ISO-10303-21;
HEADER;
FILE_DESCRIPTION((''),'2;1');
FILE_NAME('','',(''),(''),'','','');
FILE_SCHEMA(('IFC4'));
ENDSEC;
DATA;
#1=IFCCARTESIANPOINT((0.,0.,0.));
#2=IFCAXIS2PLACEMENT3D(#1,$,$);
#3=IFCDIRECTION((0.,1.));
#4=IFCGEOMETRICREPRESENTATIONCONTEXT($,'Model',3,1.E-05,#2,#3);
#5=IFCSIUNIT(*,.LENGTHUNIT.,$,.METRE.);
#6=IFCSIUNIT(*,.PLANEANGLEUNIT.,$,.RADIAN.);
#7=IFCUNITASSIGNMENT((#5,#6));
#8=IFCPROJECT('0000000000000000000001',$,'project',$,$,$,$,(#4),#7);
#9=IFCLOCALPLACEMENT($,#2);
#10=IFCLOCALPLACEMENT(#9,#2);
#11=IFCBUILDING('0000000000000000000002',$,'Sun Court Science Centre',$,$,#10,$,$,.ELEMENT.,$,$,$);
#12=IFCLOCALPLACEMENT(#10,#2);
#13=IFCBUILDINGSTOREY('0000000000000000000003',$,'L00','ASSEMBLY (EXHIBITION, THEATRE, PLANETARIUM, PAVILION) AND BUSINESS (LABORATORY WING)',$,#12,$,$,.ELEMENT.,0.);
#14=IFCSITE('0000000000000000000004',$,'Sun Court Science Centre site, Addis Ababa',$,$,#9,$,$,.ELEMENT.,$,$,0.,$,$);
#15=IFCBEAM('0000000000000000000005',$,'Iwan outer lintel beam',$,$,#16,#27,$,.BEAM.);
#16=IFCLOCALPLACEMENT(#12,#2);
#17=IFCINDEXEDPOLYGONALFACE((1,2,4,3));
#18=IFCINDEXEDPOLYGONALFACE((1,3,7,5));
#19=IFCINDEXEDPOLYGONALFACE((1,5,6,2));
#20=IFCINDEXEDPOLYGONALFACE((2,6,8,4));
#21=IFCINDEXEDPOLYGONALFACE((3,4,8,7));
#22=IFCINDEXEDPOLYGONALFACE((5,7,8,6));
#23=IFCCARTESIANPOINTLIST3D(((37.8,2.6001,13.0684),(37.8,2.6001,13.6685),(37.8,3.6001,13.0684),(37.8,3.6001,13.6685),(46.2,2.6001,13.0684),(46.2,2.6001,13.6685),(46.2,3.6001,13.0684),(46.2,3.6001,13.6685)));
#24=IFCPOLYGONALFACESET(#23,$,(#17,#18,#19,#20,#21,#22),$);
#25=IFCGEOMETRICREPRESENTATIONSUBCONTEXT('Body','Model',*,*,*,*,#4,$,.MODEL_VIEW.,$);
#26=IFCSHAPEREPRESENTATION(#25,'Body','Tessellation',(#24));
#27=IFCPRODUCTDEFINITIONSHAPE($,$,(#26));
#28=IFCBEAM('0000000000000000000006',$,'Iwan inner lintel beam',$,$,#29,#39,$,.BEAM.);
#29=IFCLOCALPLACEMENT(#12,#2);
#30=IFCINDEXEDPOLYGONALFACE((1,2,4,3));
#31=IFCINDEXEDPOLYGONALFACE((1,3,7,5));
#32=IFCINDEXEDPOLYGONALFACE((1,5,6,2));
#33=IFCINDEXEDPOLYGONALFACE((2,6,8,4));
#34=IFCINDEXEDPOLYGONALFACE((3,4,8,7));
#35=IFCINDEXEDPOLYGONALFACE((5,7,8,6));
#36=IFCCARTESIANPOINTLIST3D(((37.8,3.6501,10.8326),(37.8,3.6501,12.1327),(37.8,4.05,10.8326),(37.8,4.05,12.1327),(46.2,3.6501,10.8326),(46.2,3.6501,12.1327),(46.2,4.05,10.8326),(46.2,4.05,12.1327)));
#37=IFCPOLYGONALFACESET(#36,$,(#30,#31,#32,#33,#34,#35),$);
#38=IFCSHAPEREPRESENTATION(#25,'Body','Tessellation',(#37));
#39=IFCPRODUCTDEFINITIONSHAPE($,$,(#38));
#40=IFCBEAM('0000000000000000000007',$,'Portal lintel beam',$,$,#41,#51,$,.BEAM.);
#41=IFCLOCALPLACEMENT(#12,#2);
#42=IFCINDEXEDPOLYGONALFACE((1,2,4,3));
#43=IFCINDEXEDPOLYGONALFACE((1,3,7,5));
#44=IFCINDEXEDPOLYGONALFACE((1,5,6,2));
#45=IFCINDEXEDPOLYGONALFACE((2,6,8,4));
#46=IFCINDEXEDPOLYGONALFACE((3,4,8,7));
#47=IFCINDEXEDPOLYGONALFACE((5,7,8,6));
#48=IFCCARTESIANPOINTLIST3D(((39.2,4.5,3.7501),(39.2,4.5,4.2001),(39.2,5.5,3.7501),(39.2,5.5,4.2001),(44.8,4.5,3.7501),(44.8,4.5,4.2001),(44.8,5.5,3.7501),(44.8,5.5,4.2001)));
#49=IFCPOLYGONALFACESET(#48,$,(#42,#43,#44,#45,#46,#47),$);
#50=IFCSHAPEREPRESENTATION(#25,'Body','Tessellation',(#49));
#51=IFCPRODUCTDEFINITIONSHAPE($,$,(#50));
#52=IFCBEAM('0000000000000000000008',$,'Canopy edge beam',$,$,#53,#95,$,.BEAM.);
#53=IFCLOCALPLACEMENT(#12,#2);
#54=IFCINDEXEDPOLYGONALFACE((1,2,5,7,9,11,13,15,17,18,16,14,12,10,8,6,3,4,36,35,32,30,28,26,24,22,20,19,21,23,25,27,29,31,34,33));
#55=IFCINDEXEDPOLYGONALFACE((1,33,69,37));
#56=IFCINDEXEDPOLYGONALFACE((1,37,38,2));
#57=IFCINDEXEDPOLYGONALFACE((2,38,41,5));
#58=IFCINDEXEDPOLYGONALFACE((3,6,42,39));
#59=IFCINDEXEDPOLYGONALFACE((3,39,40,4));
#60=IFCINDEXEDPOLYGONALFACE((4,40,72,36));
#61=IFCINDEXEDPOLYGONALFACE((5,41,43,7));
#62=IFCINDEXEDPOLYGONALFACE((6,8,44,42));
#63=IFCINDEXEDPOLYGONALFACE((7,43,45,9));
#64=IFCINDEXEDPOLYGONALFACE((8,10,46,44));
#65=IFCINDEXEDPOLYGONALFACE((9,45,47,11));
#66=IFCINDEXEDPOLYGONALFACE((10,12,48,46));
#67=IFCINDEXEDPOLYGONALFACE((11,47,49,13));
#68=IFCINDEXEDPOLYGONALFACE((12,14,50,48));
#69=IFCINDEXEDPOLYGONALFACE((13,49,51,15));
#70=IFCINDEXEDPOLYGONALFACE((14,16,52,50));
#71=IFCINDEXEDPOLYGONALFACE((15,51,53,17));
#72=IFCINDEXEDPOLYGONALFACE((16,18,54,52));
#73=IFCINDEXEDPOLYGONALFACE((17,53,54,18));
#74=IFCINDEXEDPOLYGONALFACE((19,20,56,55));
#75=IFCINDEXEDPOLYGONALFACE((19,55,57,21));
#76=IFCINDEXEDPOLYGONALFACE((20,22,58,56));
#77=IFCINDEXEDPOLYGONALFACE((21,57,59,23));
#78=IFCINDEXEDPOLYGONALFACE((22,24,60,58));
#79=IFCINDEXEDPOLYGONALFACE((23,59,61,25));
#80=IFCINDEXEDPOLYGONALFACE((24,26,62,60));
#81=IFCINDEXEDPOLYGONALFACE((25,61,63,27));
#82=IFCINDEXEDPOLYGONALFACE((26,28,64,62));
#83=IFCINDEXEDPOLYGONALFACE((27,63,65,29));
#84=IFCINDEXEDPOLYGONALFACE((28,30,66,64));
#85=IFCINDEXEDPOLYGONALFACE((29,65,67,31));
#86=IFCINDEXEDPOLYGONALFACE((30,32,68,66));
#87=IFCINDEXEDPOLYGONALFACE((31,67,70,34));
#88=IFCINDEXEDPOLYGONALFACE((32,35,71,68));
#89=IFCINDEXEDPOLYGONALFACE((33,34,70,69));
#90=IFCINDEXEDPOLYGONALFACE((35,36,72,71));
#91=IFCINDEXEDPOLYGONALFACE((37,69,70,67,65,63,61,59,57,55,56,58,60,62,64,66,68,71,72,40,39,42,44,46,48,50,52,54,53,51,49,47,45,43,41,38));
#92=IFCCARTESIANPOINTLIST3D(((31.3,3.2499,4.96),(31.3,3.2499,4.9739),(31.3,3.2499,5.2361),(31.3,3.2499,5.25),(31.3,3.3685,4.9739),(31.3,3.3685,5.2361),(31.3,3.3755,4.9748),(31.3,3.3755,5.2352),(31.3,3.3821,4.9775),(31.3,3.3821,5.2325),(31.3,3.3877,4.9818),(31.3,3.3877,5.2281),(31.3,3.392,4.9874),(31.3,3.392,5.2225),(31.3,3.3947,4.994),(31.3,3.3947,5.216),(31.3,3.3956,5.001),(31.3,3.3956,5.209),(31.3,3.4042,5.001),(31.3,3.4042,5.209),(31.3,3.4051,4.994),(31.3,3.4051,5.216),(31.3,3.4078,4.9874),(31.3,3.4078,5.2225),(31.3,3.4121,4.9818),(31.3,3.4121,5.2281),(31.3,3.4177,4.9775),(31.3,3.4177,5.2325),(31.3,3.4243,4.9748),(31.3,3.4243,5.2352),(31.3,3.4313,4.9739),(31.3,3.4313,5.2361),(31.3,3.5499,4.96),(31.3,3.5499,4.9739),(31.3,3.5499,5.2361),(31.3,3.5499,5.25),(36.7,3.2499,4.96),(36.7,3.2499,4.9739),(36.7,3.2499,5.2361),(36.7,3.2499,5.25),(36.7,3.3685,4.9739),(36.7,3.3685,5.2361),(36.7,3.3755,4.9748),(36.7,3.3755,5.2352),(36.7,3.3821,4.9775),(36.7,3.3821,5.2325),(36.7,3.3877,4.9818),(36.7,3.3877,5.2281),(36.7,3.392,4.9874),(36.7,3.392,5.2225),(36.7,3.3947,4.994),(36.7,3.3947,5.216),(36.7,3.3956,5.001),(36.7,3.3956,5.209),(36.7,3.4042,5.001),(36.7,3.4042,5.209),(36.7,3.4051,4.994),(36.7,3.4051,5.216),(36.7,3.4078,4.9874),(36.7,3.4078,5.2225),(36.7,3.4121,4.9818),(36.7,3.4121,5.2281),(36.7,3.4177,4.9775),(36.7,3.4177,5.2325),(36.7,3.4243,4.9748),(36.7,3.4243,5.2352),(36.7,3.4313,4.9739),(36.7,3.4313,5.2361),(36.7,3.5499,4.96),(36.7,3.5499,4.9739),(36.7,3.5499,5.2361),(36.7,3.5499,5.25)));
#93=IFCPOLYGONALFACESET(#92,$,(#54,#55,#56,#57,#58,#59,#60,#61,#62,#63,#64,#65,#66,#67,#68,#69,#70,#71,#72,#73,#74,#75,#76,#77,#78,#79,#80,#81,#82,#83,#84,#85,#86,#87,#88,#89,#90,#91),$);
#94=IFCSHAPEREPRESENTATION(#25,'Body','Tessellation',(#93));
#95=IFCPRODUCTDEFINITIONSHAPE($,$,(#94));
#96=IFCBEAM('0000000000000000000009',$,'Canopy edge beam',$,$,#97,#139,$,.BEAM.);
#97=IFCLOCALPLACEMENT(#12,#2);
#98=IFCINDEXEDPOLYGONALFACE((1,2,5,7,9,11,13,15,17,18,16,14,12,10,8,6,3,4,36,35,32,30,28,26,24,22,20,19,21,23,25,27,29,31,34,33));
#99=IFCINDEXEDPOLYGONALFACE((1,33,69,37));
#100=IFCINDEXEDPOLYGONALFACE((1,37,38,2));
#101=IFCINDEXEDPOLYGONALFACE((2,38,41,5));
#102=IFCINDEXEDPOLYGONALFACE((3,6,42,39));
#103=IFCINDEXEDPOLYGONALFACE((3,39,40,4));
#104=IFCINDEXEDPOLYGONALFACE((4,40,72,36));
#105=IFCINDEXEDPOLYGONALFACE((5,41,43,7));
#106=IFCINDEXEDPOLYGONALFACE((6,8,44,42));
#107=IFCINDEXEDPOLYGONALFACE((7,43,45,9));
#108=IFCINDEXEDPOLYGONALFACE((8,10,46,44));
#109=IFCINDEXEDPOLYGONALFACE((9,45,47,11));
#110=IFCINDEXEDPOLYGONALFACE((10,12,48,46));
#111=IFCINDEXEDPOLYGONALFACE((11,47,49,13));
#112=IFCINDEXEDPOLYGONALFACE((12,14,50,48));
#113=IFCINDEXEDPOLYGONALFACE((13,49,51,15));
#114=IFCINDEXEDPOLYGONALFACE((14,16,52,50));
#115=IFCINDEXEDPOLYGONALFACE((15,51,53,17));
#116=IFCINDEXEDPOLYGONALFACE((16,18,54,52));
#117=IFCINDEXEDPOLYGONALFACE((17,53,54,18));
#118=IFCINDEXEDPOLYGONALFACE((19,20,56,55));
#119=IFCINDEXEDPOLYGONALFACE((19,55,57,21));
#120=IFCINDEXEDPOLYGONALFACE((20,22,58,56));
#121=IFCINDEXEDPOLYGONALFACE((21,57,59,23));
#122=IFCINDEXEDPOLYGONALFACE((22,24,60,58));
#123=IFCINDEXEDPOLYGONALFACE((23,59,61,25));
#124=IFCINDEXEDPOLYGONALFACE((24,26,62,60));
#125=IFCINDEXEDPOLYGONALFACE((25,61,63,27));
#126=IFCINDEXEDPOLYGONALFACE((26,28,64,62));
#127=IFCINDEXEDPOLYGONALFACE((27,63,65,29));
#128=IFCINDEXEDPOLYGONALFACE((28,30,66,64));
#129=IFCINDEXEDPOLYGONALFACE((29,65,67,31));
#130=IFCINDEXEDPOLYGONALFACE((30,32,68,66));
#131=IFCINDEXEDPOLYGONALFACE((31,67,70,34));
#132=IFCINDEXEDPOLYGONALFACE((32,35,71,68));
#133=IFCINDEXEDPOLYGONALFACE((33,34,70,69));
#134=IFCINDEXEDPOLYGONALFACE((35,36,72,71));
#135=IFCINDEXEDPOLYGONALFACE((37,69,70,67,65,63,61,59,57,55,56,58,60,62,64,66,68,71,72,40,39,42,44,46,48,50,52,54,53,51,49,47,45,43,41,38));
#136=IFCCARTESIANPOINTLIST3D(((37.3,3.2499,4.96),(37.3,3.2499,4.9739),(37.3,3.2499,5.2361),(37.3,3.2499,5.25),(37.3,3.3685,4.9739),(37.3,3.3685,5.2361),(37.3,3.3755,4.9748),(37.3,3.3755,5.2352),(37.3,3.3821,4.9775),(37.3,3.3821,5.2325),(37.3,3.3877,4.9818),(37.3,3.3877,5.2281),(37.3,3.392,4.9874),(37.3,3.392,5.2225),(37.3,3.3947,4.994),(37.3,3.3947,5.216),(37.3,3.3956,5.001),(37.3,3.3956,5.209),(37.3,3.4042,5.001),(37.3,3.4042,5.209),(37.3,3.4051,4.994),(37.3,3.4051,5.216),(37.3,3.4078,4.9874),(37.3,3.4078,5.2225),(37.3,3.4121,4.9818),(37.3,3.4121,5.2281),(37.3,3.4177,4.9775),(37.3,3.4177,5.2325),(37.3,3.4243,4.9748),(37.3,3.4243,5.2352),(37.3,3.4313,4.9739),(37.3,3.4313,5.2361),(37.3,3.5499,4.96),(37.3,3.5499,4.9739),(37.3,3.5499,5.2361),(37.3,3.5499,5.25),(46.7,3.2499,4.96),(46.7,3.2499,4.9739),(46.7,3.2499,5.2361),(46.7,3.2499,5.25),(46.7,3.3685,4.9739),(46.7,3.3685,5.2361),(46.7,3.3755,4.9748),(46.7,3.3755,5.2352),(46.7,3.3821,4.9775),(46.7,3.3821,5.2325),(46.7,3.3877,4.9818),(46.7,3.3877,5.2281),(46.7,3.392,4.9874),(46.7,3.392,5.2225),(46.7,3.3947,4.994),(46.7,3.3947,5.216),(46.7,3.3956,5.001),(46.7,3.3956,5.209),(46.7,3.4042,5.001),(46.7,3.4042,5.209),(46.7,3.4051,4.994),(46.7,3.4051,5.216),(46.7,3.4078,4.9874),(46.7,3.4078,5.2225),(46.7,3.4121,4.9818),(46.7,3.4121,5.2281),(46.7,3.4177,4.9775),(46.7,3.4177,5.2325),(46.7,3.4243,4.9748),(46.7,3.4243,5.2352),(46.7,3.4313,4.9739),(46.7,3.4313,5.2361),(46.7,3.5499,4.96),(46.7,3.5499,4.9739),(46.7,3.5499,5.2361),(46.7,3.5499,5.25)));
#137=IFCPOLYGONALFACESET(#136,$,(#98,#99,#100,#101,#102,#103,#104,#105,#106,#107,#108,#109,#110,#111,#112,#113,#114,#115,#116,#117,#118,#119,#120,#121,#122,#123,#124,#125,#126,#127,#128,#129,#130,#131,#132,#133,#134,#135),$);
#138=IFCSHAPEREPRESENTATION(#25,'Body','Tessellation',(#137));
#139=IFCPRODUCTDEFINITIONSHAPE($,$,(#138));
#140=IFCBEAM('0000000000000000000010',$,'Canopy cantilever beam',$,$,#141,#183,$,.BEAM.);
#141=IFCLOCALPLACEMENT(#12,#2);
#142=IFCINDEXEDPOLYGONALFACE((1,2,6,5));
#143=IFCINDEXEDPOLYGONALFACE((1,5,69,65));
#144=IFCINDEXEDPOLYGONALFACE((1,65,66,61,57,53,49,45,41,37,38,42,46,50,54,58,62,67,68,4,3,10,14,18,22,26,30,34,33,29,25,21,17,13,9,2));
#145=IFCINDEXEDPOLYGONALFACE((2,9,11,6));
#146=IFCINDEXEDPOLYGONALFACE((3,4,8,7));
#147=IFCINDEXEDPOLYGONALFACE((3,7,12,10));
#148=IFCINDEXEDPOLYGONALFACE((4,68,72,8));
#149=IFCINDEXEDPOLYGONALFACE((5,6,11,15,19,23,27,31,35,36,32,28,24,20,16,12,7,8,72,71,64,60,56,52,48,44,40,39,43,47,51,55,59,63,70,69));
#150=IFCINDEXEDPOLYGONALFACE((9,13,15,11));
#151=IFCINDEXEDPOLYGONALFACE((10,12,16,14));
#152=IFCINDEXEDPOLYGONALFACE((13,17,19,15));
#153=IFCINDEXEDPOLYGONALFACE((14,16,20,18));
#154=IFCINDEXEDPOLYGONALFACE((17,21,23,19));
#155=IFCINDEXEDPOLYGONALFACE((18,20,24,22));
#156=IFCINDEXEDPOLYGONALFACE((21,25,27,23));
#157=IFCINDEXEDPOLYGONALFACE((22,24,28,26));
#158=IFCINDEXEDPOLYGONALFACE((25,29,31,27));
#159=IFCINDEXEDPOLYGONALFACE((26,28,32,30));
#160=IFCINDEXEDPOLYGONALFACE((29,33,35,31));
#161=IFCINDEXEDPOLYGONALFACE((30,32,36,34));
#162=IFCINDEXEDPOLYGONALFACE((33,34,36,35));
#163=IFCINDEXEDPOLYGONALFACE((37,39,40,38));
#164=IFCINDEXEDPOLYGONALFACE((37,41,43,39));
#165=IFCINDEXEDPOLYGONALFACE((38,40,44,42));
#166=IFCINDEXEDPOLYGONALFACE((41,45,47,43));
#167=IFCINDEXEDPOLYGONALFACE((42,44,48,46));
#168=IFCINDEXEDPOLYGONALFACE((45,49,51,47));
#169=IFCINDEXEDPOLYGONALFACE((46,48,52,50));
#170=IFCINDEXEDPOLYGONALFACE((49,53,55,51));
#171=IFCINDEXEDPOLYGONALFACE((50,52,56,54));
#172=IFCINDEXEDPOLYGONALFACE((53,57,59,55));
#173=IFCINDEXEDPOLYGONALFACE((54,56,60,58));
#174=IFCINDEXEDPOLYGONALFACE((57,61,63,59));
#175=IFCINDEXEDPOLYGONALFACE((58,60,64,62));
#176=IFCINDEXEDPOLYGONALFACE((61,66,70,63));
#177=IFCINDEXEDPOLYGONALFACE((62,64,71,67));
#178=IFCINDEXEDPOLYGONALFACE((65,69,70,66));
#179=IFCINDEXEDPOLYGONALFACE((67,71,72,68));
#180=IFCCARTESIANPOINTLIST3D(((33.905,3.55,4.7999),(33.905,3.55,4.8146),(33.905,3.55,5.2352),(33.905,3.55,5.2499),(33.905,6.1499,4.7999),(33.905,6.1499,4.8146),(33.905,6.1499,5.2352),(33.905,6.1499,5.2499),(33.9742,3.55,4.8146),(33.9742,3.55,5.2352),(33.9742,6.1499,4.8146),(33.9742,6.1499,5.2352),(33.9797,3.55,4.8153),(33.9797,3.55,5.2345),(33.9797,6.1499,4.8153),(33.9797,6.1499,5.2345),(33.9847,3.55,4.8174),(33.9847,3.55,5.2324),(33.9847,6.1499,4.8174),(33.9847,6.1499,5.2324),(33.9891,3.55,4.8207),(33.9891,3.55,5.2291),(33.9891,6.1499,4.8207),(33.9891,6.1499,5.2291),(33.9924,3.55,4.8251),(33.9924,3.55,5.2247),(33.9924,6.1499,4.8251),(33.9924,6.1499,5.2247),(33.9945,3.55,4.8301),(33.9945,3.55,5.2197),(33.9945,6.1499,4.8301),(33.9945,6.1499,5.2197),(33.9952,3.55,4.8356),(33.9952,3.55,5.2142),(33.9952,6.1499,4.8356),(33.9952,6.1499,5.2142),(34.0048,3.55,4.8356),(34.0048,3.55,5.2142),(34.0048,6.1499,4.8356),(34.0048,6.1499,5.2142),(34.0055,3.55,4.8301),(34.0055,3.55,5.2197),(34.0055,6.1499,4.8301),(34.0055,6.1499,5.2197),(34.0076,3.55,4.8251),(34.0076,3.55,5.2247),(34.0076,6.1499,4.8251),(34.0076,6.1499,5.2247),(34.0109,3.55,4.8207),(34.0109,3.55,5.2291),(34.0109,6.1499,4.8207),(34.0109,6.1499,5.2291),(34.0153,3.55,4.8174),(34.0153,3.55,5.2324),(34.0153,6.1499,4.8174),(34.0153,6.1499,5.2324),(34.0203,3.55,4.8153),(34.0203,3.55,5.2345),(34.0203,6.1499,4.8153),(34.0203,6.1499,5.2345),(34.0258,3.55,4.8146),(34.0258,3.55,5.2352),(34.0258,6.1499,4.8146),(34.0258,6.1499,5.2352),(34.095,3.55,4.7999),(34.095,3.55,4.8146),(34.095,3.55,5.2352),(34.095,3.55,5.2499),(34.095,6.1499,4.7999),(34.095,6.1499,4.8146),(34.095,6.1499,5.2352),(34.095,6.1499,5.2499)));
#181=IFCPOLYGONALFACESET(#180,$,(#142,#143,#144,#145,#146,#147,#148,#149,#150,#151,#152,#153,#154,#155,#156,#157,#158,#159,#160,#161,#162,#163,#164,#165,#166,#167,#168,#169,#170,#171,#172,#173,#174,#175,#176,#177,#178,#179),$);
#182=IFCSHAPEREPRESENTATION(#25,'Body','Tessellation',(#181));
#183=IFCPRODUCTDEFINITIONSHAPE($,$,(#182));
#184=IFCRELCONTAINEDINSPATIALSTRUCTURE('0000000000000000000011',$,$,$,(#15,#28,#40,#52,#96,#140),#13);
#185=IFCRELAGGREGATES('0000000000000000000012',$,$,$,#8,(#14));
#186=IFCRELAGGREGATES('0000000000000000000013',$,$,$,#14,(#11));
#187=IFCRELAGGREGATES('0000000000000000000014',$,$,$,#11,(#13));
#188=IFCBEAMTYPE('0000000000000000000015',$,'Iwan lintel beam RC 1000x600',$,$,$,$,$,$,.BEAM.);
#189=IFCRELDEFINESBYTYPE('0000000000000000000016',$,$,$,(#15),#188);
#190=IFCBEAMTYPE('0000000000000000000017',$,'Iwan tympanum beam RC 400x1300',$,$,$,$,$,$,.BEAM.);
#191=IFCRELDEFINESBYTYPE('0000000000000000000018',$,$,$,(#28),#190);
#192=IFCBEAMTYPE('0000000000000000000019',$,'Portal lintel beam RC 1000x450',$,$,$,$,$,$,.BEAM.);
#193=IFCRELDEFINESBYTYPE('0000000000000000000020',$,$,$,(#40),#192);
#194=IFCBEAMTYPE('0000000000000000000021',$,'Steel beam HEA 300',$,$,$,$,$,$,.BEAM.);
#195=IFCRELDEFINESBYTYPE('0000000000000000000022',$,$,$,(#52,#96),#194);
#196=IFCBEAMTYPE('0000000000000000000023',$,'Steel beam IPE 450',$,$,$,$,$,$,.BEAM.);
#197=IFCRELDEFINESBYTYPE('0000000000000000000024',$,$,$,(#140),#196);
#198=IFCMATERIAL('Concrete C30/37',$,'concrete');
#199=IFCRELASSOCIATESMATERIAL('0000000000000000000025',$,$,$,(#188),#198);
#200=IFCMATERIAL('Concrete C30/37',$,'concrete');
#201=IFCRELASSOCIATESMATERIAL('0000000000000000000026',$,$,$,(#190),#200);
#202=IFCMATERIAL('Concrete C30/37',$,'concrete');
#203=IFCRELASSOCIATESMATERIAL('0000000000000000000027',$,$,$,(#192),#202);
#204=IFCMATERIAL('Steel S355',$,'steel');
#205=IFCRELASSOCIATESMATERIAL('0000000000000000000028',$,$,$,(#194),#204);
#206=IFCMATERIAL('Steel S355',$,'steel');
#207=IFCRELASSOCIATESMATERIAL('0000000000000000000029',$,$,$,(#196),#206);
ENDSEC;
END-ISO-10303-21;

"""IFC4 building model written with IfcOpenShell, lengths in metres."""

from ifc_helpers import new_model, si_unit, direction, frame, origin, origin_2d, place, context, subcontext, project, spatial, rectangle, i_section, extrude, material, material_profile, profile_set, type_object, element, save


model = new_model("IFC4")

# Units and contexts
model_context = context("Model", 3, precision=1e-05, world=origin(), true_north=direction((0.0, 1.0)))
body_context = subcontext(model_context, "Body", "Model", "MODEL_VIEW")
ifc_project = project(units=[si_unit("LENGTHUNIT", "METRE"), si_unit("PLANEANGLEUNIT", "RADIAN")], contexts=[model_context])

# Site, building, storey
site_placement = place(None, origin())
site = spatial("IfcSite", under=ifc_project, at=site_placement, Name="Sun Court Science Centre site, Addis Ababa", CompositionType="ELEMENT", RefElevation=0.0)
building_placement = place(site_placement, origin())
building = spatial("IfcBuilding", under=site, at=building_placement, Name="Sun Court Science Centre", CompositionType="ELEMENT")
storey_placement = place(building_placement, origin())
storey = spatial("IfcBuildingStorey", under=building, at=storey_placement, Name="L00", Description="ASSEMBLY (EXHIBITION, THEATRE, PLANETARIUM, PAVILION) AND BUSINESS (LABORATORY WING)", CompositionType="ELEMENT", Elevation=0.0)

# Beams
ifc_material_1 = material(Name="Concrete C30/37", Category="concrete")
ifc_material_profile_1 = material_profile(ifc_material_1, rectangle(XDim=1.0, YDim=0.6001, at=origin_2d()), Name="RC 1000x600")
ifc_profile_set_1 = profile_set([ifc_material_profile_1], Name="Concrete C30/37")
beam_type_1 = type_object("IfcBeamType", Name="Iwan lintel beam RC 1000x600", PredefinedType="BEAM", material=ifc_profile_set_1)
beam_1_placement = place(storey_placement, frame((37.8, 3.1001, 13.3684), z_axis=(1.0, 0.0, 0.0), x_axis=(0.0, 1.0, 0.0)))
element("IfcBeam", 1, at=beam_1_placement, inside=storey, type_object=beam_type_1, Name="Iwan outer lintel beam", PredefinedType="BEAM", context=body_context, shape_type="SweptSolid", body=[
    extrude(rectangle(XDim=1.0, YDim=0.6001, at=origin_2d()), origin(), (0.0, 0.0, 1.0), 8.3999),
])
ifc_material_2 = material(Name="Concrete C30/37", Category="concrete")
ifc_material_profile_2 = material_profile(ifc_material_2, rectangle(XDim=0.3999, YDim=1.3, at=origin_2d()), Name="RC 400x1300")
ifc_profile_set_2 = profile_set([ifc_material_profile_2], Name="Concrete C30/37")
beam_type_2 = type_object("IfcBeamType", Name="Iwan tympanum beam RC 400x1300", PredefinedType="BEAM", material=ifc_profile_set_2)
beam_2_placement = place(storey_placement, frame((37.8, 3.8501, 11.4827), z_axis=(1.0, 0.0, 0.0), x_axis=(0.0, 1.0, 0.0)))
element("IfcBeam", 2, at=beam_2_placement, inside=storey, type_object=beam_type_2, Name="Iwan inner lintel beam", PredefinedType="BEAM", context=body_context, shape_type="SweptSolid", body=[
    extrude(rectangle(XDim=0.3999, YDim=1.3, at=origin_2d()), origin(), (0.0, 0.0, 1.0), 8.3999),
])
ifc_material_3 = material(Name="Concrete C30/37", Category="concrete")
ifc_material_profile_3 = material_profile(ifc_material_3, rectangle(XDim=1.0, YDim=0.45, at=origin_2d()), Name="RC 1000x450")
ifc_profile_set_3 = profile_set([ifc_material_profile_3], Name="Concrete C30/37")
beam_type_3 = type_object("IfcBeamType", Name="Portal lintel beam RC 1000x450", PredefinedType="BEAM", material=ifc_profile_set_3)
beam_3_placement = place(storey_placement, frame((39.2, 5.0, 3.9751), z_axis=(1.0, 0.0, 0.0), x_axis=(0.0, 1.0, 0.0)))
element("IfcBeam", 3, at=beam_3_placement, inside=storey, type_object=beam_type_3, Name="Portal lintel beam", PredefinedType="BEAM", context=body_context, shape_type="SweptSolid", body=[
    extrude(rectangle(XDim=1.0, YDim=0.45, at=origin_2d()), origin(), (0.0, 0.0, 1.0), 5.6001),
])
ifc_material_4 = material(Name="Steel S355", Category="steel")
ifc_material_profile_4 = material_profile(ifc_material_4, i_section(OverallWidth=0.3, OverallDepth=0.29, WebThickness=0.0085, FlangeThickness=0.0139, FilletRadius=0.0271, at=origin_2d()), Name="HEA 300")
ifc_profile_set_4 = profile_set([ifc_material_profile_4], Name="Steel S355")
beam_type_4 = type_object("IfcBeamType", Name="Steel beam HEA 300", PredefinedType="BEAM", material=ifc_profile_set_4)
beam_4_placement = place(storey_placement, frame((31.3, 3.3999, 5.105), z_axis=(1.0, 0.0, 0.0), x_axis=(0.0, 1.0, 0.0)))
element("IfcBeam", 4, at=beam_4_placement, inside=storey, type_object=beam_type_4, Name="Canopy edge beam", PredefinedType="BEAM", context=body_context, shape_type="SweptSolid", body=[
    extrude(i_section(OverallWidth=0.3, OverallDepth=0.29, WebThickness=0.0085, FlangeThickness=0.0139, FilletRadius=0.0271, at=origin_2d()), origin(), (0.0, 0.0, 1.0), 5.3999),
])
beam_5_placement = place(storey_placement, frame((37.3, 3.3999, 5.105), z_axis=(1.0, 0.0, 0.0), x_axis=(0.0, 1.0, 0.0)))
element("IfcBeam", 5, at=beam_5_placement, inside=storey, type_object=beam_type_4, Name="Canopy edge beam", PredefinedType="BEAM", context=body_context, shape_type="SweptSolid", body=[
    extrude(i_section(OverallWidth=0.3, OverallDepth=0.29, WebThickness=0.0085, FlangeThickness=0.0139, FilletRadius=0.0271, at=origin_2d()), origin(), (0.0, 0.0, 1.0), 9.3999),
])
ifc_material_5 = material(Name="Steel S355", Category="steel")
ifc_material_profile_5 = material_profile(ifc_material_5, i_section(OverallWidth=0.1899, OverallDepth=0.45, WebThickness=0.0095, FlangeThickness=0.0146, FilletRadius=0.021, at=origin_2d()), Name="IPE 450")
ifc_profile_set_5 = profile_set([ifc_material_profile_5], Name="Steel S355")
beam_type_5 = type_object("IfcBeamType", Name="Steel beam IPE 450", PredefinedType="BEAM", material=ifc_profile_set_5)
beam_6_placement = place(storey_placement, frame((34.0, 3.55, 5.0249), z_axis=(0.0, 1.0, 0.0), x_axis=(-1.0, 0.0, 0.0)))
element("IfcBeam", 6, at=beam_6_placement, inside=storey, type_object=beam_type_5, Name="Canopy cantilever beam", PredefinedType="BEAM", context=body_context, shape_type="SweptSolid", body=[
    extrude(i_section(OverallWidth=0.1899, OverallDepth=0.45, WebThickness=0.0095, FlangeThickness=0.0146, FilletRadius=0.021, at=origin_2d()), origin(), (0.0, 0.0, 1.0), 2.5999),
])

save(model, "model.ifc")
